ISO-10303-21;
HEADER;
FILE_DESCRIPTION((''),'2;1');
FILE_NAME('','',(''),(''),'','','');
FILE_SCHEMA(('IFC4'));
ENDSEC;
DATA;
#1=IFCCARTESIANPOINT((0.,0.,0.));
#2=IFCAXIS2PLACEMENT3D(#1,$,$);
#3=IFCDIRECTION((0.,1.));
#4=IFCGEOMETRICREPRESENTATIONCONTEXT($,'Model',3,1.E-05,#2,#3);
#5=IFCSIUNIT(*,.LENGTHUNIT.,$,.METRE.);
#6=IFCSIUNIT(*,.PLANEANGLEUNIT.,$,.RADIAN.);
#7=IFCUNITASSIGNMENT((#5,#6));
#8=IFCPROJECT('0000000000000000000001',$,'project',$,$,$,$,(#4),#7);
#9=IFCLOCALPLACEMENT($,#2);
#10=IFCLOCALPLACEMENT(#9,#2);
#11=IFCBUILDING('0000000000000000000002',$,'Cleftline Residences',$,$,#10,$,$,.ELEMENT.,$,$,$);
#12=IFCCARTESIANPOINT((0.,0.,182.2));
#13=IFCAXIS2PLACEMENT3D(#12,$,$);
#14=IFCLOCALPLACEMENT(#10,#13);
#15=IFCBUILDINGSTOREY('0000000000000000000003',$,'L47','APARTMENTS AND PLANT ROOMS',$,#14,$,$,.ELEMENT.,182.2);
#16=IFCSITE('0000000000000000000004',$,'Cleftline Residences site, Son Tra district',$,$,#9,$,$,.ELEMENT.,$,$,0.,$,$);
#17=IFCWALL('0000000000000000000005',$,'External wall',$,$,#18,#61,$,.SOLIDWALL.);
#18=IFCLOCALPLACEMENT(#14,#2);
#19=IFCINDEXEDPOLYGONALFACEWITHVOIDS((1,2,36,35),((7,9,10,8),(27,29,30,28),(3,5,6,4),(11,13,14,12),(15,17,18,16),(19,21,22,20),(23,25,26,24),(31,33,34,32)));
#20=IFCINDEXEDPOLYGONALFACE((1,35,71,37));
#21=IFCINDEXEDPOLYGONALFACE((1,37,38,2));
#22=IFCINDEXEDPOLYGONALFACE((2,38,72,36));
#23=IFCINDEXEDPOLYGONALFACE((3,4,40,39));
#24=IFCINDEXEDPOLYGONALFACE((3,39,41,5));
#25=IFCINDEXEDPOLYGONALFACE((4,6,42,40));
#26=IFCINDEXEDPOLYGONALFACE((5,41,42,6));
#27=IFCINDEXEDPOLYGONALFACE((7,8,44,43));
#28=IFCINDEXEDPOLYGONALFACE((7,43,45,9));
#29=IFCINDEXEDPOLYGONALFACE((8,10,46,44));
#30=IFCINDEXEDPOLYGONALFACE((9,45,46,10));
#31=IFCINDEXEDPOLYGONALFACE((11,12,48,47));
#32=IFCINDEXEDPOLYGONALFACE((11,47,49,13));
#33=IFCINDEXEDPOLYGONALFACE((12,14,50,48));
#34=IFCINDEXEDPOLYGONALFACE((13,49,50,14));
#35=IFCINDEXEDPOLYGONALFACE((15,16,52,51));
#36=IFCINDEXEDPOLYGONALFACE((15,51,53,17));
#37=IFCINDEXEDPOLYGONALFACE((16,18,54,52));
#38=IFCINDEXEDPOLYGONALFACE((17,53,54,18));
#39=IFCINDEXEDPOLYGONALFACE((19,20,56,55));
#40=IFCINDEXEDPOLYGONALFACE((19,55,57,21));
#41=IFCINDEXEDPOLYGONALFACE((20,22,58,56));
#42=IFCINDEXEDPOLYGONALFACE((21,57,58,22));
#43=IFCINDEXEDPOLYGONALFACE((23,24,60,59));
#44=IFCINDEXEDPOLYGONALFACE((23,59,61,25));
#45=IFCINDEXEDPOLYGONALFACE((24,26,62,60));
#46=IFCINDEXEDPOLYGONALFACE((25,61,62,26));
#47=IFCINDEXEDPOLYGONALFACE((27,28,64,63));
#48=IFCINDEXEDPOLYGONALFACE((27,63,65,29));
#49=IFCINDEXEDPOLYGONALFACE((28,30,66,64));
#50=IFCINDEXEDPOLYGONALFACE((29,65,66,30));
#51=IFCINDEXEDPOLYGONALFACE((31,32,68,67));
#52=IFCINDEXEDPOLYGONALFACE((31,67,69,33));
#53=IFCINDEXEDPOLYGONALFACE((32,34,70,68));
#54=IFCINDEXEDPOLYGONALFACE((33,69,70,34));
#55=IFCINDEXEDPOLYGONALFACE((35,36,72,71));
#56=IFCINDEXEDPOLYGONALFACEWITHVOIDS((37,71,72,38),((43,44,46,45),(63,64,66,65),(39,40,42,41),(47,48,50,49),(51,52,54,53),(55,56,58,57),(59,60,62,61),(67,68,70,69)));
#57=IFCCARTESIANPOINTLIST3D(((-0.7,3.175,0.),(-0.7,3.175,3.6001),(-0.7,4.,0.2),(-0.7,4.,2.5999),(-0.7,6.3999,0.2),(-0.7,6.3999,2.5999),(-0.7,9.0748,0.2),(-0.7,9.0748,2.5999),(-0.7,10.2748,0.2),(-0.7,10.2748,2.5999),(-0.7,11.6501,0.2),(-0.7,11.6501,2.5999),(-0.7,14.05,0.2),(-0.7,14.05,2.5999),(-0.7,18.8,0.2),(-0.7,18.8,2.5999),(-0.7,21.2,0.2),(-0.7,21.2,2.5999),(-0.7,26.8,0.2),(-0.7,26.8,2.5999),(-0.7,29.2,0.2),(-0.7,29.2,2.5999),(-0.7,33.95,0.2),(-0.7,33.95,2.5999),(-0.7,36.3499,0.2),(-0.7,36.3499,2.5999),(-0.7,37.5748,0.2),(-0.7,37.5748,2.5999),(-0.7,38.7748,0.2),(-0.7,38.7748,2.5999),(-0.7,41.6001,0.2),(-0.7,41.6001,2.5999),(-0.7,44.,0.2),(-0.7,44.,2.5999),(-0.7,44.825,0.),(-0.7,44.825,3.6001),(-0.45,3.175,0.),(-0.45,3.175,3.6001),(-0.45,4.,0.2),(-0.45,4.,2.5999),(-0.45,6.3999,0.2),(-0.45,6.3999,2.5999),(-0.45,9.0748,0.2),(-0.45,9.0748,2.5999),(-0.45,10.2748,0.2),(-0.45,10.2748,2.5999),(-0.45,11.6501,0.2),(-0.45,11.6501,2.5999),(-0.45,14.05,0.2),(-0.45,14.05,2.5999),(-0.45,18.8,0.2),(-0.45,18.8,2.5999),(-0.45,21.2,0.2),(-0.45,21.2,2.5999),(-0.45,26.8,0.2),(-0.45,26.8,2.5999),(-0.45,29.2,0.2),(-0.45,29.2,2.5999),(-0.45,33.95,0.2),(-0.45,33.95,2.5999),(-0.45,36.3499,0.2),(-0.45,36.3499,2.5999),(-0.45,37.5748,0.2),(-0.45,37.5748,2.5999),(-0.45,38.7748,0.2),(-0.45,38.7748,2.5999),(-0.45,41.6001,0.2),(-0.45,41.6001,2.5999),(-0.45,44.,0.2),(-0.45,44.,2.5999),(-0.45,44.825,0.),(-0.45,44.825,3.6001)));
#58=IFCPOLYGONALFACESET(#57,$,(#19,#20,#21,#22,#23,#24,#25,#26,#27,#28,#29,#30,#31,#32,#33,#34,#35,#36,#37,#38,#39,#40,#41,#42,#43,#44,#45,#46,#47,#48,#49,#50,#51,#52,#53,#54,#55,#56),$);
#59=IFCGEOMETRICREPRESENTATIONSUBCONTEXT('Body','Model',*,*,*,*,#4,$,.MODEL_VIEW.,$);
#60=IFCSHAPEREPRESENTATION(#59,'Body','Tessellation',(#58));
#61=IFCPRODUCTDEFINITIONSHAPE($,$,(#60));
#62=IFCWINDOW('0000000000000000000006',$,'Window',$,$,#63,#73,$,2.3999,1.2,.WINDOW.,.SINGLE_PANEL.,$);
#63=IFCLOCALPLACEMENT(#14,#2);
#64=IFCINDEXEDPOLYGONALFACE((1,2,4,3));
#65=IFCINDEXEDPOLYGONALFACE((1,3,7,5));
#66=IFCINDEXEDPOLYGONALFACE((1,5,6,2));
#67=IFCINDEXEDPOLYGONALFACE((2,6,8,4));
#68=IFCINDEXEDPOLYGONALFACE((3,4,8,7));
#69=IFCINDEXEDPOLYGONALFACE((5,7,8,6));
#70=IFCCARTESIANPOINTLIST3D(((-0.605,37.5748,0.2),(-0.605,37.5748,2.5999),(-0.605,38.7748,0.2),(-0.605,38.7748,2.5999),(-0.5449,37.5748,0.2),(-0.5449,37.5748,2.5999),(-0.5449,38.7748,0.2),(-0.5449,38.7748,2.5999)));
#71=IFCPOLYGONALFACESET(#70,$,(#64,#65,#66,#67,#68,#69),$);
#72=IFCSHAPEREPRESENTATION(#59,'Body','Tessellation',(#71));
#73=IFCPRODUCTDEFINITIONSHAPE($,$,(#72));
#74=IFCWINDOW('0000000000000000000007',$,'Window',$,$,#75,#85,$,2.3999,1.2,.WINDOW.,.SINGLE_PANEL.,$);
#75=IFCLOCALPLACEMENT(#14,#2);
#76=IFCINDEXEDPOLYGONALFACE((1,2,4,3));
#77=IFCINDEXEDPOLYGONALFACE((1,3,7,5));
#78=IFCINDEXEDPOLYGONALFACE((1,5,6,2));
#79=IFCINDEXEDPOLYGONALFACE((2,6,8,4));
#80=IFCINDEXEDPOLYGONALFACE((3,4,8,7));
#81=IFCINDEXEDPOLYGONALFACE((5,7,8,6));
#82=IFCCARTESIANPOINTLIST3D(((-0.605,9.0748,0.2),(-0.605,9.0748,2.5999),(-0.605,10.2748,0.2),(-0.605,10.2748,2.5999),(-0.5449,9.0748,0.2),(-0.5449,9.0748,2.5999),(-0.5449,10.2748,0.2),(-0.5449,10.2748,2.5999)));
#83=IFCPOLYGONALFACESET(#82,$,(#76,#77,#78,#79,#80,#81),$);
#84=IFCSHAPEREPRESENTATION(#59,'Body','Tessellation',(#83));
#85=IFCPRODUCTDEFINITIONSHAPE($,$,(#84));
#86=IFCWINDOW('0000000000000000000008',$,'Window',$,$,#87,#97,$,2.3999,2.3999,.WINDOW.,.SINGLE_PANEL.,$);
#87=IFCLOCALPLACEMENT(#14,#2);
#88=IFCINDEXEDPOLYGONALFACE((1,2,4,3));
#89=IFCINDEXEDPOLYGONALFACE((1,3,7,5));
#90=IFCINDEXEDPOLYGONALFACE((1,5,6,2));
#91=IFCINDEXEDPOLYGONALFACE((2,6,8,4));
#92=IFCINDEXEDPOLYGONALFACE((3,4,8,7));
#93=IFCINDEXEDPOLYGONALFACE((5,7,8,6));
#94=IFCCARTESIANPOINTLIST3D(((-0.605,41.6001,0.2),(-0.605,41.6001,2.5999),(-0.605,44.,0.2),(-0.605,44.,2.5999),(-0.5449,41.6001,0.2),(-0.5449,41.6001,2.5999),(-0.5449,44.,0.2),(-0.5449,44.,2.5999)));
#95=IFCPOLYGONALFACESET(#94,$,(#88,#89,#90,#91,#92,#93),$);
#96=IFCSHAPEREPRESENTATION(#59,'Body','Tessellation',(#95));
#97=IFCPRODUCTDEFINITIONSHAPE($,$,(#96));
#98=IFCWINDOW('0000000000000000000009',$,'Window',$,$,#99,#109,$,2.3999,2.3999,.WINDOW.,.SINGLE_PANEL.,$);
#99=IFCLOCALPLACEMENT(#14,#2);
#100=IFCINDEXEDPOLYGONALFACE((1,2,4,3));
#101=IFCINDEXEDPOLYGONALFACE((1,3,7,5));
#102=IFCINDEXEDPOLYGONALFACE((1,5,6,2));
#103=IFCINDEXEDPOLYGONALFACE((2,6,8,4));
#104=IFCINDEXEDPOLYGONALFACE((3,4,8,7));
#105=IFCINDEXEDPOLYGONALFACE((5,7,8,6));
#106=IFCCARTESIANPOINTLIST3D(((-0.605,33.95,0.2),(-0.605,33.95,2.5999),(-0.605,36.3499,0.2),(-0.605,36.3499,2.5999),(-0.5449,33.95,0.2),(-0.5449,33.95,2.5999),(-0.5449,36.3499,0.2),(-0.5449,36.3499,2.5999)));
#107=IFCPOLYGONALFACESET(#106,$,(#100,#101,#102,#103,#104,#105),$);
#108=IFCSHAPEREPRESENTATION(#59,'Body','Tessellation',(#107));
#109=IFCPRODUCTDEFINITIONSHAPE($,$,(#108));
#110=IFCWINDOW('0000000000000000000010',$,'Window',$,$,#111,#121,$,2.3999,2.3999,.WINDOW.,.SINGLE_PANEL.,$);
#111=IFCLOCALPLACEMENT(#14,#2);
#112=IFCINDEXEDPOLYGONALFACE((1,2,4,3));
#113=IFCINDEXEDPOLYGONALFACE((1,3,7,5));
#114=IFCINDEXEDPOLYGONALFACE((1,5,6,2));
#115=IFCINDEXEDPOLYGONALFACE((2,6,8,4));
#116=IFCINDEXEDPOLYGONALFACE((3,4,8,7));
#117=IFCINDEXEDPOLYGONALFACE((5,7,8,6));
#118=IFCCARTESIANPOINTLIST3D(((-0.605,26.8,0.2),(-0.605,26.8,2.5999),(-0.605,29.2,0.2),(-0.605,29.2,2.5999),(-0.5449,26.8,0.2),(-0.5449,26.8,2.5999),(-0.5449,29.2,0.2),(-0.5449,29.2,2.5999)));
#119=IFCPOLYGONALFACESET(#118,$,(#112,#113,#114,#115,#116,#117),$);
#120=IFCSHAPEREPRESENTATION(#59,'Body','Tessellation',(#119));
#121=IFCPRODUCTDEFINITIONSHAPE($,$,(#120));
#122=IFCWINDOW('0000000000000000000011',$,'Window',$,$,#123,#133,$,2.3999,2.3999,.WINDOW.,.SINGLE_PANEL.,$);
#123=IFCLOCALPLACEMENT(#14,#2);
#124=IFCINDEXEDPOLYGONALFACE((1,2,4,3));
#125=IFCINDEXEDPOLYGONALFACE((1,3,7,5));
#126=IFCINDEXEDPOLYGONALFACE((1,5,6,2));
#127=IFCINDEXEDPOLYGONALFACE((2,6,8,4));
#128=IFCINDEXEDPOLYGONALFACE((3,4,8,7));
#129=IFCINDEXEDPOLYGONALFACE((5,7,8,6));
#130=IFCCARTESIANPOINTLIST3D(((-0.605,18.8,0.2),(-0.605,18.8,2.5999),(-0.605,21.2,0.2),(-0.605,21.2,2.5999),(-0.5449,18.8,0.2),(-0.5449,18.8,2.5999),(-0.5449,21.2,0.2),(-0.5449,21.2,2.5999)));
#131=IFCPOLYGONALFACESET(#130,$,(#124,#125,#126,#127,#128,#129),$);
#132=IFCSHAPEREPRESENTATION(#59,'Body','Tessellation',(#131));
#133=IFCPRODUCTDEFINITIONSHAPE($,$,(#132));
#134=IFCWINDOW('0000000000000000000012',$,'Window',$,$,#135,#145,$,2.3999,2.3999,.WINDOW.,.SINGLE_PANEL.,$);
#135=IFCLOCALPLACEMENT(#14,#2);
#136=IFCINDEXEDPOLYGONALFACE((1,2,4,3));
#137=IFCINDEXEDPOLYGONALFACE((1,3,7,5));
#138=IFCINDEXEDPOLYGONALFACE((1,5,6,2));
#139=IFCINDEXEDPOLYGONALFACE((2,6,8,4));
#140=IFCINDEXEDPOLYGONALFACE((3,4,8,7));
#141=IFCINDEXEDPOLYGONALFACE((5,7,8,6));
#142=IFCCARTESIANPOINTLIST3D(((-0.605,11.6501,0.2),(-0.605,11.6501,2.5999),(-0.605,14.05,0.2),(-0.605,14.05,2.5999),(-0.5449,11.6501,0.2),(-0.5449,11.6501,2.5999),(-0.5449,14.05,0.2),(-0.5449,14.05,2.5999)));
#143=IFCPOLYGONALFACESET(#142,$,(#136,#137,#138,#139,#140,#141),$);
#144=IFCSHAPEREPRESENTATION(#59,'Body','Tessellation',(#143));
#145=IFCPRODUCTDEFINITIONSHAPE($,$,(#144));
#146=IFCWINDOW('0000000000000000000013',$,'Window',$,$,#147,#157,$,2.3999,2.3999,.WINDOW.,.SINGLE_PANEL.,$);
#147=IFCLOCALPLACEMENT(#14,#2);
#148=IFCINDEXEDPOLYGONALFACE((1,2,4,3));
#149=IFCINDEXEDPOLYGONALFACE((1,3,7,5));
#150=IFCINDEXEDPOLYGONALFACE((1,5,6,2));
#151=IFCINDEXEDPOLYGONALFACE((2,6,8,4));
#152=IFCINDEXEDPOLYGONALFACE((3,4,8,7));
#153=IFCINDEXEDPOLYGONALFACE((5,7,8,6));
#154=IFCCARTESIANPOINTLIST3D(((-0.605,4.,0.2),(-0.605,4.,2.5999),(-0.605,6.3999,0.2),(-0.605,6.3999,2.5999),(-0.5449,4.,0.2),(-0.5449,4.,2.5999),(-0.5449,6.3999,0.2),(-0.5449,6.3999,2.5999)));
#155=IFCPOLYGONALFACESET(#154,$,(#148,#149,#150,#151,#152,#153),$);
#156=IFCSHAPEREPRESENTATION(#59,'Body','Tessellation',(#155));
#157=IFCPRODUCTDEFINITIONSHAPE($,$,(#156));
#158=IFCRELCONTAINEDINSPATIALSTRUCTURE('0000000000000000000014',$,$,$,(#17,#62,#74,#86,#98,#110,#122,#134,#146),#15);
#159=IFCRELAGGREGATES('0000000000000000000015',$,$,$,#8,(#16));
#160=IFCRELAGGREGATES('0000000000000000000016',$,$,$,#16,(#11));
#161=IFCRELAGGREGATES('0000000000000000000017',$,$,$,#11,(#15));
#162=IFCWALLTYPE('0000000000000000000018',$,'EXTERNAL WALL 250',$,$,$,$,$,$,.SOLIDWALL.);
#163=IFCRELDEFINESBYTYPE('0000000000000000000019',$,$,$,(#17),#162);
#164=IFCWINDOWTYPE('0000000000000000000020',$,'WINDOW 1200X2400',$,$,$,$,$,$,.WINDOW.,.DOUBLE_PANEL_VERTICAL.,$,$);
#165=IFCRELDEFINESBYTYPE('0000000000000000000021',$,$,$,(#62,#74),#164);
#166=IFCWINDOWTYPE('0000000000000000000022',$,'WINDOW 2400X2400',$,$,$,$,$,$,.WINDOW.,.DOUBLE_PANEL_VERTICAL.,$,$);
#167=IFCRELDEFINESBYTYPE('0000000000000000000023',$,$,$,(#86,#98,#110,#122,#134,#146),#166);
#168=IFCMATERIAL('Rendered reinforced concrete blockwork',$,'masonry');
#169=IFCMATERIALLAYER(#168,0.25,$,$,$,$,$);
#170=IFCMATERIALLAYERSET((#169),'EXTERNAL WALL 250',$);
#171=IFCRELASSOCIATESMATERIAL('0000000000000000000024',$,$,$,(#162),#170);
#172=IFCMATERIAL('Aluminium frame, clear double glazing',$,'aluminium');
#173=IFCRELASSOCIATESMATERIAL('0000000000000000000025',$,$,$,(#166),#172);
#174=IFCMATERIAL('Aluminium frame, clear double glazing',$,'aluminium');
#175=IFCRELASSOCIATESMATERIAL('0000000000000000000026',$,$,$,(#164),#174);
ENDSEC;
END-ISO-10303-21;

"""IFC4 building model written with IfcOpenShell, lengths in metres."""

from ifc_helpers import new_model, si_unit, direction, frame, frame_2d, origin, place, context, subcontext, project, spatial, rectangle, extrude, material, layer, layer_set, type_object, element, fill, save


model = new_model("IFC4")

# Units and contexts
model_context = context("Model", 3, precision=1e-05, world=origin(), true_north=direction((0.0, 1.0)))
body_context = subcontext(model_context, "Body", "Model", "MODEL_VIEW")
ifc_project = project(units=[si_unit("LENGTHUNIT", "METRE"), si_unit("PLANEANGLEUNIT", "RADIAN")], contexts=[model_context])

# Site, building, storey
site_placement = place(None, origin())
site = spatial("IfcSite", under=ifc_project, at=site_placement, Name="Cleftline Residences site, Son Tra district", CompositionType="ELEMENT", RefElevation=0.0)
building_placement = place(site_placement, origin())
building = spatial("IfcBuilding", under=site, at=building_placement, Name="Cleftline Residences", CompositionType="ELEMENT")
storey_placement = place(building_placement, frame((0.0, 0.0, 182.2)))
storey = spatial("IfcBuildingStorey", under=building, at=storey_placement, Name="L47", Description="APARTMENTS AND PLANT ROOMS", CompositionType="ELEMENT", Elevation=182.2)

# Shared definitions
ifc_material_1 = material(Name="Rendered reinforced concrete blockwork", Category="masonry")
ifc_layer_1 = layer(ifc_material_1, 0.25)
ifc_layer_set_1 = layer_set([ifc_layer_1], Name="EXTERNAL WALL 250")
wall_type_1 = type_object("IfcWallType", Name="EXTERNAL WALL 250", PredefinedType="SOLIDWALL", material=ifc_layer_set_1)
ifc_material_2 = material(Name="Aluminium frame, clear double glazing", Category="aluminium")
window_type_1 = type_object("IfcWindowType", Name="WINDOW 2400X2400", PartitioningType="DOUBLE_PANEL_VERTICAL", PredefinedType="WINDOW", material=ifc_material_2)

# Wall, openings, windows
wall_1_placement = place(storey_placement, frame((-0.575, 44.825, 0.0), z_axis=(0.0, 0.0, 1.0), x_axis=(0.0, -1.0, 0.0)))
wall_1 = element("IfcWall", 1, at=wall_1_placement, inside=storey, type_object=wall_type_1, Name="External wall", PredefinedType="SOLIDWALL", context=body_context, shape_type="SweptSolid", body=[
    extrude(rectangle(XDim=41.6499, YDim=0.25, at=frame_2d((20.825, 0.0))), origin(), (0.0, 0.0, 1.0), 3.6001),
])
opening_1_placement = place(wall_1_placement, frame((0.825, 0.0, 0.2)))
opening_1 = element("IfcOpeningElement", 2, at=opening_1_placement, cuts=wall_1, PredefinedType="OPENING", context=body_context, shape_type="SweptSolid", body=[
    extrude(rectangle(XDim=2.3999, YDim=2.3999, at=frame_2d((1.2, 1.2))), frame((0.0, 0.135, 0.0), z_axis=(0.0, -1.0, 0.0), x_axis=(1.0, 0.0, 0.0)), (0.0, 0.0, 1.0), 0.27),
])
opening_2_placement = place(wall_1_placement, frame((6.05, 0.0, 0.2)))
opening_2 = element("IfcOpeningElement", 3, at=opening_2_placement, cuts=wall_1, PredefinedType="OPENING", context=body_context, shape_type="SweptSolid", body=[
    extrude(rectangle(XDim=1.2, YDim=2.3999, at=frame_2d((0.6001, 1.2))), frame((0.0, 0.135, 0.0), z_axis=(0.0, -1.0, 0.0), x_axis=(1.0, 0.0, 0.0)), (0.0, 0.0, 1.0), 0.27),
])
opening_3_placement = place(wall_1_placement, frame((8.4751, 0.0, 0.2)))
opening_3 = element("IfcOpeningElement", 4, at=opening_3_placement, cuts=wall_1, PredefinedType="OPENING", context=body_context, shape_type="SweptSolid", body=[
    extrude(rectangle(XDim=2.3999, YDim=2.3999, at=frame_2d((1.2, 1.2))), frame((0.0, 0.135, 0.0), z_axis=(0.0, -1.0, 0.0), x_axis=(1.0, 0.0, 0.0)), (0.0, 0.0, 1.0), 0.27),
])
opening_4_placement = place(wall_1_placement, frame((15.625, 0.0, 0.2)))
opening_4 = element("IfcOpeningElement", 5, at=opening_4_placement, cuts=wall_1, PredefinedType="OPENING", context=body_context, shape_type="SweptSolid", body=[
    extrude(rectangle(XDim=2.3999, YDim=2.3999, at=frame_2d((1.2, 1.2))), frame((0.0, 0.135, 0.0), z_axis=(0.0, -1.0, 0.0), x_axis=(1.0, 0.0, 0.0)), (0.0, 0.0, 1.0), 0.27),
])
opening_5_placement = place(wall_1_placement, frame((23.625, 0.0, 0.2)))
opening_5 = element("IfcOpeningElement", 6, at=opening_5_placement, cuts=wall_1, PredefinedType="OPENING", context=body_context, shape_type="SweptSolid", body=[
    extrude(rectangle(XDim=2.3999, YDim=2.3999, at=frame_2d((1.2, 1.2))), frame((0.0, 0.135, 0.0), z_axis=(0.0, -1.0, 0.0), x_axis=(1.0, 0.0, 0.0)), (0.0, 0.0, 1.0), 0.27),
])
opening_6_placement = place(wall_1_placement, frame((30.7749, 0.0, 0.2)))
opening_6 = element("IfcOpeningElement", 7, at=opening_6_placement, cuts=wall_1, PredefinedType="OPENING", context=body_context, shape_type="SweptSolid", body=[
    extrude(rectangle(XDim=2.3999, YDim=2.3999, at=frame_2d((1.2, 1.2))), frame((0.0, 0.135, 0.0), z_axis=(0.0, -1.0, 0.0), x_axis=(1.0, 0.0, 0.0)), (0.0, 0.0, 1.0), 0.27),
])
opening_7_placement = place(wall_1_placement, frame((34.55, 0.0, 0.2)))
opening_7 = element("IfcOpeningElement", 8, at=opening_7_placement, cuts=wall_1, PredefinedType="OPENING", context=body_context, shape_type="SweptSolid", body=[
    extrude(rectangle(XDim=1.2, YDim=2.3999, at=frame_2d((0.6001, 1.2))), frame((0.0, 0.135, 0.0), z_axis=(0.0, -1.0, 0.0), x_axis=(1.0, 0.0, 0.0)), (0.0, 0.0, 1.0), 0.27),
])
opening_8_placement = place(wall_1_placement, frame((38.425, 0.0, 0.2)))
opening_8 = element("IfcOpeningElement", 9, at=opening_8_placement, cuts=wall_1, PredefinedType="OPENING", context=body_context, shape_type="SweptSolid", body=[
    extrude(rectangle(XDim=2.3999, YDim=2.3999, at=frame_2d((1.2, 1.2))), frame((0.0, 0.135, 0.0), z_axis=(0.0, -1.0, 0.0), x_axis=(1.0, 0.0, 0.0)), (0.0, 0.0, 1.0), 0.27),
])
ifc_material_3 = material(Name="Aluminium frame, clear double glazing", Category="aluminium")
window_type_2 = type_object("IfcWindowType", Name="WINDOW 1200X2400", PartitioningType="DOUBLE_PANEL_VERTICAL", PredefinedType="WINDOW", material=ifc_material_3)
window_1_placement = place(opening_2_placement, origin())
window_1 = element("IfcWindow", 10, at=window_1_placement, inside=storey, type_object=window_type_2, Name="Window", OverallHeight=2.3999, OverallWidth=1.2, PartitioningType="SINGLE_PANEL", PredefinedType="WINDOW", context=body_context, shape_type="SweptSolid", body=[
    extrude(rectangle(XDim=1.2, YDim=2.3999, at=frame_2d((0.6001, 1.2))), frame((0.0, 0.03, 0.0), z_axis=(0.0, -1.0, 0.0), x_axis=(1.0, 0.0, 0.0)), (0.0, 0.0, 1.0), 0.0601),
])
fill(opening_2, window_1)
window_2_placement = place(opening_7_placement, origin())
window_2 = element("IfcWindow", 11, at=window_2_placement, inside=storey, type_object=window_type_2, Name="Window", OverallHeight=2.3999, OverallWidth=1.2, PartitioningType="SINGLE_PANEL", PredefinedType="WINDOW", context=body_context, shape_type="SweptSolid", body=[
    extrude(rectangle(XDim=1.2, YDim=2.3999, at=frame_2d((0.6001, 1.2))), frame((0.0, 0.03, 0.0), z_axis=(0.0, -1.0, 0.0), x_axis=(1.0, 0.0, 0.0)), (0.0, 0.0, 1.0), 0.0601),
])
fill(opening_7, window_2)
window_3_placement = place(opening_1_placement, origin())
window_3 = element("IfcWindow", 12, at=window_3_placement, inside=storey, type_object=window_type_1, Name="Window", OverallHeight=2.3999, OverallWidth=2.3999, PartitioningType="SINGLE_PANEL", PredefinedType="WINDOW", context=body_context, shape_type="SweptSolid", body=[
    extrude(rectangle(XDim=2.3999, YDim=2.3999, at=frame_2d((1.2, 1.2))), frame((0.0, 0.03, 0.0), z_axis=(0.0, -1.0, 0.0), x_axis=(1.0, 0.0, 0.0)), (0.0, 0.0, 1.0), 0.0601),
])
fill(opening_1, window_3)
window_4_placement = place(opening_3_placement, origin())
window_4 = element("IfcWindow", 13, at=window_4_placement, inside=storey, type_object=window_type_1, Name="Window", OverallHeight=2.3999, OverallWidth=2.3999, PartitioningType="SINGLE_PANEL", PredefinedType="WINDOW", context=body_context, shape_type="SweptSolid", body=[
    extrude(rectangle(XDim=2.3999, YDim=2.3999, at=frame_2d((1.2, 1.2))), frame((0.0, 0.03, 0.0), z_axis=(0.0, -1.0, 0.0), x_axis=(1.0, 0.0, 0.0)), (0.0, 0.0, 1.0), 0.0601),
])
fill(opening_3, window_4)
window_5_placement = place(opening_4_placement, origin())
window_5 = element("IfcWindow", 14, at=window_5_placement, inside=storey, type_object=window_type_1, Name="Window", OverallHeight=2.3999, OverallWidth=2.3999, PartitioningType="SINGLE_PANEL", PredefinedType="WINDOW", context=body_context, shape_type="SweptSolid", body=[
    extrude(rectangle(XDim=2.3999, YDim=2.3999, at=frame_2d((1.2, 1.2))), frame((0.0, 0.03, 0.0), z_axis=(0.0, -1.0, 0.0), x_axis=(1.0, 0.0, 0.0)), (0.0, 0.0, 1.0), 0.0601),
])
fill(opening_4, window_5)
window_6_placement = place(opening_5_placement, origin())
window_6 = element("IfcWindow", 15, at=window_6_placement, inside=storey, type_object=window_type_1, Name="Window", OverallHeight=2.3999, OverallWidth=2.3999, PartitioningType="SINGLE_PANEL", PredefinedType="WINDOW", context=body_context, shape_type="SweptSolid", body=[
    extrude(rectangle(XDim=2.3999, YDim=2.3999, at=frame_2d((1.2, 1.2))), frame((0.0, 0.03, 0.0), z_axis=(0.0, -1.0, 0.0), x_axis=(1.0, 0.0, 0.0)), (0.0, 0.0, 1.0), 0.0601),
])
fill(opening_5, window_6)
window_7_placement = place(opening_6_placement, origin())
window_7 = element("IfcWindow", 16, at=window_7_placement, inside=storey, type_object=window_type_1, Name="Window", OverallHeight=2.3999, OverallWidth=2.3999, PartitioningType="SINGLE_PANEL", PredefinedType="WINDOW", context=body_context, shape_type="SweptSolid", body=[
    extrude(rectangle(XDim=2.3999, YDim=2.3999, at=frame_2d((1.2, 1.2))), frame((0.0, 0.03, 0.0), z_axis=(0.0, -1.0, 0.0), x_axis=(1.0, 0.0, 0.0)), (0.0, 0.0, 1.0), 0.0601),
])
fill(opening_6, window_7)
window_8_placement = place(opening_8_placement, origin())
window_8 = element("IfcWindow", 17, at=window_8_placement, inside=storey, type_object=window_type_1, Name="Window", OverallHeight=2.3999, OverallWidth=2.3999, PartitioningType="SINGLE_PANEL", PredefinedType="WINDOW", context=body_context, shape_type="SweptSolid", body=[
    extrude(rectangle(XDim=2.3999, YDim=2.3999, at=frame_2d((1.2, 1.2))), frame((0.0, 0.03, 0.0), z_axis=(0.0, -1.0, 0.0), x_axis=(1.0, 0.0, 0.0)), (0.0, 0.0, 1.0), 0.0601),
])
fill(opening_8, window_8)

save(model, "model.ifc")
